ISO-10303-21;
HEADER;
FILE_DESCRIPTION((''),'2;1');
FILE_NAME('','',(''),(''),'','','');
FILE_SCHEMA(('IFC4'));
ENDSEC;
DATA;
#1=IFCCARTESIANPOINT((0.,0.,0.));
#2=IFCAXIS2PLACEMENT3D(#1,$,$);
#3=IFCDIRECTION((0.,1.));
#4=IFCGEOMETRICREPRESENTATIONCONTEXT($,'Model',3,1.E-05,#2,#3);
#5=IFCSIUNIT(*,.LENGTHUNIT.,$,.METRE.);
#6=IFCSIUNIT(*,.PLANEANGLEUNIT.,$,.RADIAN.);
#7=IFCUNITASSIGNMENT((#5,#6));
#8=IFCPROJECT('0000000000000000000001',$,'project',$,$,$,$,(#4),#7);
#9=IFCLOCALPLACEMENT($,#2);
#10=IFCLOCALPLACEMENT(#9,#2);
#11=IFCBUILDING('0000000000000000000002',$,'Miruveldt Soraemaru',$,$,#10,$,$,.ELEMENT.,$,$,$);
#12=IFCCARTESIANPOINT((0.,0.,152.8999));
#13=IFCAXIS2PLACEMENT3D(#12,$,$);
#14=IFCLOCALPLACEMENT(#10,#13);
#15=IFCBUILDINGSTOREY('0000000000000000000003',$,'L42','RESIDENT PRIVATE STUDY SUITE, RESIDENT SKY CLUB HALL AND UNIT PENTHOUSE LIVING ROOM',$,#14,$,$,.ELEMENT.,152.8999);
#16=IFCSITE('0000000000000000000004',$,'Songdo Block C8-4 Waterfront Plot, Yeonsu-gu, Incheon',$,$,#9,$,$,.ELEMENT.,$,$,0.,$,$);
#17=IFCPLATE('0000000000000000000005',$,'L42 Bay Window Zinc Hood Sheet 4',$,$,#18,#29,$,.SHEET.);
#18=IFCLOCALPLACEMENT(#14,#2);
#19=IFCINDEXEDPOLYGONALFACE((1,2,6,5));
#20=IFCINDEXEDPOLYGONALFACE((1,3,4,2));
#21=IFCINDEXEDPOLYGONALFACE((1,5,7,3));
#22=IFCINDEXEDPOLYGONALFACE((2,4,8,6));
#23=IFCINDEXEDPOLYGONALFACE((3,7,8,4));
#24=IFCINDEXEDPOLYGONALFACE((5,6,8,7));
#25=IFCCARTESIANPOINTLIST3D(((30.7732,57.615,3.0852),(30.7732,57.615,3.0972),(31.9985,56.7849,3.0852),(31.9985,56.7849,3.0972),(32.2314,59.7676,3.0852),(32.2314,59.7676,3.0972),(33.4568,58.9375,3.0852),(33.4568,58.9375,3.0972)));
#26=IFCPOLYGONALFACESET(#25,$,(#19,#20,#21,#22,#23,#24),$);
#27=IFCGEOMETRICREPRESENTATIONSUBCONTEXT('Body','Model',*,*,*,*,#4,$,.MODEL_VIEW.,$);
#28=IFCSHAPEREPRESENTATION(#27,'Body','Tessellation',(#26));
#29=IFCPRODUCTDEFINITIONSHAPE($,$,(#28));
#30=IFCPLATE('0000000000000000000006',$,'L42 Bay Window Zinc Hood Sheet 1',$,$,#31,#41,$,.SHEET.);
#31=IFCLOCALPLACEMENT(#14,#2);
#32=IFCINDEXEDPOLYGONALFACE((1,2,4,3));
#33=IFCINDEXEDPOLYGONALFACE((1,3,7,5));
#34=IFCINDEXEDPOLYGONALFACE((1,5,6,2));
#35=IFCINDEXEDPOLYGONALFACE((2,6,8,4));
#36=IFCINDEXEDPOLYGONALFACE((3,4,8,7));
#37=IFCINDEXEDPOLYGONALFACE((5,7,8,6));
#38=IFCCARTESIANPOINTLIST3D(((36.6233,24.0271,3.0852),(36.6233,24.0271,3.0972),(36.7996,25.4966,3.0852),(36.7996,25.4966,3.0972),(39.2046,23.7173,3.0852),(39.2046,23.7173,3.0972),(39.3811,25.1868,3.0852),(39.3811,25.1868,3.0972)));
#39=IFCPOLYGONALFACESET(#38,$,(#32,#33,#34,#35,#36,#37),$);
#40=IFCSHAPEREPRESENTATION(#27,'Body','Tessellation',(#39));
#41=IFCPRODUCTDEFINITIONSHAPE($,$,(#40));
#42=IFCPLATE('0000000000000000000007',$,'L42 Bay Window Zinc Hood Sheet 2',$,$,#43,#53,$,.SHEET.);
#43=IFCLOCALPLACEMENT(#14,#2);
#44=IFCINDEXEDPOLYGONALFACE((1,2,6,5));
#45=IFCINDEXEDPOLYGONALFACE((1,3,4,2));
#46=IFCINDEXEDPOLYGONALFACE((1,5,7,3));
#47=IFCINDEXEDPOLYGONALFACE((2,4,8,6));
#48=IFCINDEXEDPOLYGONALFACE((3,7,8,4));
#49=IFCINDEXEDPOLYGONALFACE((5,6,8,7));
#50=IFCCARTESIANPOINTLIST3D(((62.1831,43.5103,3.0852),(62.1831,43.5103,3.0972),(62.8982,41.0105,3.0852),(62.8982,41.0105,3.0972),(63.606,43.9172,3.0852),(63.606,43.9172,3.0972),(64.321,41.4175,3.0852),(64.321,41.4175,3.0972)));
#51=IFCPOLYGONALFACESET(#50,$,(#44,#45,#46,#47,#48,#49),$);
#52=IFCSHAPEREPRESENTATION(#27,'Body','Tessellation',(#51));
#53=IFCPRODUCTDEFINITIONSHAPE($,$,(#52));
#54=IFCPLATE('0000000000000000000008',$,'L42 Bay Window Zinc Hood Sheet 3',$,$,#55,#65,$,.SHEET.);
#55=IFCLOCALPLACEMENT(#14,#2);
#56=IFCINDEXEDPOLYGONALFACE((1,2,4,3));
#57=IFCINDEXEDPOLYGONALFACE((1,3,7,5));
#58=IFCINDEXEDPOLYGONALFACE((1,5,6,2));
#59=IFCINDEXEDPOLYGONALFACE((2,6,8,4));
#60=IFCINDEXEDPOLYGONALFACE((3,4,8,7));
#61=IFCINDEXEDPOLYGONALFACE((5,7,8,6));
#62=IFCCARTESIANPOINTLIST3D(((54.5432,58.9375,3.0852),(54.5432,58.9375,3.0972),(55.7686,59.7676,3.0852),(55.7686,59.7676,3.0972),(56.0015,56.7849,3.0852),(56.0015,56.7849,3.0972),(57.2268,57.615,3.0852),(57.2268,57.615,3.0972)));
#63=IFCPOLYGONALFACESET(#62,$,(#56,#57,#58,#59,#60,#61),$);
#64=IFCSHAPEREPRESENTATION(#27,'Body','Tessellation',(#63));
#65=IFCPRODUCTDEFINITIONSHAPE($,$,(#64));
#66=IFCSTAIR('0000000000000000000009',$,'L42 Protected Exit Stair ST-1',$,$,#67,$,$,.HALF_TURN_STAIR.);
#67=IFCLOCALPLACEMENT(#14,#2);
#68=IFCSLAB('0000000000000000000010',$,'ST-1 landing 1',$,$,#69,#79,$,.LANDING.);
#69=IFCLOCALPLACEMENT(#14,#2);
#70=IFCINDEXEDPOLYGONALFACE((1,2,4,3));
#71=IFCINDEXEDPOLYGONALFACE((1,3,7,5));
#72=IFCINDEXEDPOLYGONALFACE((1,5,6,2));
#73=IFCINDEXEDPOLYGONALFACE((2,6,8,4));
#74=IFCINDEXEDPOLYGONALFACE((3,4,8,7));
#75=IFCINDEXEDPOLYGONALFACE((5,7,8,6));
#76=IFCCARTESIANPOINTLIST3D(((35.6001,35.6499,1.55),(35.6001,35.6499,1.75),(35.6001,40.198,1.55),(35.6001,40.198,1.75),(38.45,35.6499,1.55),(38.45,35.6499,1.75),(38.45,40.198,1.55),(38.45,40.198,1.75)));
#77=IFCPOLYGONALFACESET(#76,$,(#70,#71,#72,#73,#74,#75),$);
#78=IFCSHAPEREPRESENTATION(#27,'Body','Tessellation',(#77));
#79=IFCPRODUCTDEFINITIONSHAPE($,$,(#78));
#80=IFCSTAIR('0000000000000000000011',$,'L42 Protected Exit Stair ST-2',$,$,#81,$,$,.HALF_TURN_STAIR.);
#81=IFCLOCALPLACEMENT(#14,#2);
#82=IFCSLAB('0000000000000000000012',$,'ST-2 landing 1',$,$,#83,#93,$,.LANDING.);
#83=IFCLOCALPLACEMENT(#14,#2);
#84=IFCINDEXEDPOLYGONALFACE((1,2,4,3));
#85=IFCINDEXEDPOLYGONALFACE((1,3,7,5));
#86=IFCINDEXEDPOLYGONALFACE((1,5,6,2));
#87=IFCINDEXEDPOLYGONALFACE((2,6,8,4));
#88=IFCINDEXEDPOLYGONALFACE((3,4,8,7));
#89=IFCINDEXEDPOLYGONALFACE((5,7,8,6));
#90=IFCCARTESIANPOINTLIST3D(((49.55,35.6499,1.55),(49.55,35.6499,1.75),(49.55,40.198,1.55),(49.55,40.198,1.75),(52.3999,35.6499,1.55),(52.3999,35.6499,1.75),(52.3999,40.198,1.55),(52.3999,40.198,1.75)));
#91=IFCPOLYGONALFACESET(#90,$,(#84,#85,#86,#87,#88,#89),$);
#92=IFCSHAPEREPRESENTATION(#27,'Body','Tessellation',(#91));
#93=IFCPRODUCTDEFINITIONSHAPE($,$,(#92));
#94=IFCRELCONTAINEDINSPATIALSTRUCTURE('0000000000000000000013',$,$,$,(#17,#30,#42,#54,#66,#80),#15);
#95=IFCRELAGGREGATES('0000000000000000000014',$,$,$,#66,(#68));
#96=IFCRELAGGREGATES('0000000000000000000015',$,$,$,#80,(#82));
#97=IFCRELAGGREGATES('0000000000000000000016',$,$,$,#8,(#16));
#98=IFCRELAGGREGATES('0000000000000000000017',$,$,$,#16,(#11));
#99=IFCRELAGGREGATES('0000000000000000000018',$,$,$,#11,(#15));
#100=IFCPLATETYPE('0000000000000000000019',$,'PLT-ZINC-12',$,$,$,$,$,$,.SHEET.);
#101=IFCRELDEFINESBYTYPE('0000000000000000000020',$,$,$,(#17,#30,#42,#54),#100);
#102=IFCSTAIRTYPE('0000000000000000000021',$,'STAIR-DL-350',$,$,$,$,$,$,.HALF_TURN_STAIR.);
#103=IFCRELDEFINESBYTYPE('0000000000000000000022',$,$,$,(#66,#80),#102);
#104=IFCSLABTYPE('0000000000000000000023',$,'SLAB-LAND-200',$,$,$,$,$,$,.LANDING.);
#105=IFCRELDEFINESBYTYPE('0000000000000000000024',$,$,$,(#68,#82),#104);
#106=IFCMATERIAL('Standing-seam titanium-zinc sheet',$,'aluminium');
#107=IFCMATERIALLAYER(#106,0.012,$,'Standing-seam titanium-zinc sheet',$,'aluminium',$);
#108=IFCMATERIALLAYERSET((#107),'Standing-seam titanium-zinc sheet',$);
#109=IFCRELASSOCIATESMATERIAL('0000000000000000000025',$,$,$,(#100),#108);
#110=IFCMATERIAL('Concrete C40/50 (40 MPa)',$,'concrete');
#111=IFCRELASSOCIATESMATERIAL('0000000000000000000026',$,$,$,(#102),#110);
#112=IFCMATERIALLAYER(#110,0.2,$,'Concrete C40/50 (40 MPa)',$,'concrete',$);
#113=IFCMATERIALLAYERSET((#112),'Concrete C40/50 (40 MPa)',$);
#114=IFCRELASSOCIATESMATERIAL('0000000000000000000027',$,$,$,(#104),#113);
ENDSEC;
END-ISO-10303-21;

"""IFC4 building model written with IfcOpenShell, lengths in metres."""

from ifc_helpers import new_model, si_unit, direction, frame, origin, place, context, subcontext, project, spatial, polyline, outline, extrude, material, layer, layer_set, type_object, element, aggregate, save


model = new_model("IFC4")

# Units and contexts
model_context = context("Model", 3, precision=1e-05, world=origin(), true_north=direction((0.0, 1.0)))
body_context = subcontext(model_context, "Body", "Model", "MODEL_VIEW")
ifc_project = project(units=[si_unit("LENGTHUNIT", "METRE"), si_unit("PLANEANGLEUNIT", "RADIAN")], contexts=[model_context])

# Site, building, storey
site_placement = place(None, origin())
site = spatial("IfcSite", under=ifc_project, at=site_placement, Name="Songdo Block C8-4 Waterfront Plot, Yeonsu-gu, Incheon", CompositionType="ELEMENT", RefElevation=0.0)
building_placement = place(site_placement, origin())
building = spatial("IfcBuilding", under=site, at=building_placement, Name="Miruveldt Soraemaru", CompositionType="ELEMENT")
storey_placement = place(building_placement, frame((0.0, 0.0, 152.8999)))
storey = spatial("IfcBuildingStorey", under=building, at=storey_placement, Name="L42", Description="RESIDENT PRIVATE STUDY SUITE, RESIDENT SKY CLUB HALL AND UNIT PENTHOUSE LIVING ROOM", CompositionType="ELEMENT", Elevation=152.8999)

# Plates
ifc_material_1 = material(Name="Standing-seam titanium-zinc sheet", Category="aluminium")
ifc_layer_1 = layer(ifc_material_1, 0.012, Name="Standing-seam titanium-zinc sheet", Category="aluminium")
ifc_layer_set_1 = layer_set([ifc_layer_1], Name="Standing-seam titanium-zinc sheet")
plate_type = type_object("IfcPlateType", Name="PLT-ZINC-12", PredefinedType="SHEET", material=ifc_layer_set_1)
plate_1_placement = place(storey_placement, frame((0.0, 0.0, 3.0852)))
element("IfcPlate", 1, at=plate_1_placement, inside=storey, type_object=plate_type, Name="L42 Bay Window Zinc Hood Sheet 4", PredefinedType="SHEET", context=body_context, shape_type="SweptSolid", body=[
    extrude(outline(polyline([(33.4568, 58.9375), (31.9985, 56.7849), (30.7732, 57.615), (32.2314, 59.7676), (33.4568, 58.9375)])), origin(), (0.0, 0.0, 1.0), 0.012),
])
plate_2_placement = place(storey_placement, frame((0.0, 0.0, 3.0852)))
element("IfcPlate", 2, at=plate_2_placement, inside=storey, type_object=plate_type, Name="L42 Bay Window Zinc Hood Sheet 1", PredefinedType="SHEET", context=body_context, shape_type="SweptSolid", body=[
    extrude(outline(polyline([(36.7996, 25.4966), (39.3811, 25.1868), (39.2046, 23.7173), (36.6233, 24.0271), (36.7996, 25.4966)])), origin(), (0.0, 0.0, 1.0), 0.012),
])
plate_3_placement = place(storey_placement, frame((0.0, 0.0, 3.0852)))
element("IfcPlate", 3, at=plate_3_placement, inside=storey, type_object=plate_type, Name="L42 Bay Window Zinc Hood Sheet 2", PredefinedType="SHEET", context=body_context, shape_type="SweptSolid", body=[
    extrude(outline(polyline([(62.8982, 41.0105), (62.1831, 43.5103), (63.606, 43.9172), (64.321, 41.4175), (62.8982, 41.0105)])), origin(), (0.0, 0.0, 1.0), 0.012),
])
plate_4_placement = place(storey_placement, frame((0.0, 0.0, 3.0852)))
element("IfcPlate", 4, at=plate_4_placement, inside=storey, type_object=plate_type, Name="L42 Bay Window Zinc Hood Sheet 3", PredefinedType="SHEET", context=body_context, shape_type="SweptSolid", body=[
    extrude(outline(polyline([(56.0015, 56.7849), (54.5432, 58.9375), (55.7686, 59.7676), (57.2268, 57.615), (56.0015, 56.7849)])), origin(), (0.0, 0.0, 1.0), 0.012),
])

# Stairs, slabs
ifc_material_2 = material(Name="Concrete C40/50 (40 MPa)", Category="concrete")
stair_type = type_object("IfcStairType", Name="STAIR-DL-350", PredefinedType="HALF_TURN_STAIR", material=ifc_material_2)
stair_1_placement = place(storey_placement, origin())
stair_1 = element("IfcStair", 5, at=stair_1_placement, inside=storey, type_object=stair_type, Name="L42 Protected Exit Stair ST-1", PredefinedType="HALF_TURN_STAIR")
ifc_layer_2 = layer(ifc_material_2, 0.2, Name="Concrete C40/50 (40 MPa)", Category="concrete")
ifc_layer_set_2 = layer_set([ifc_layer_2], Name="Concrete C40/50 (40 MPa)")
slab_type_1 = type_object("IfcSlabType", Name="SLAB-LAND-200", PredefinedType="LANDING", material=ifc_layer_set_2)
slab_1_placement = place(storey_placement, frame((0.0, 0.0, 1.55)))
slab_1 = element("IfcSlab", 6, at=slab_1_placement, type_object=slab_type_1, Name="ST-1 landing 1", PredefinedType="LANDING", context=body_context, shape_type="SweptSolid", body=[
    extrude(outline(polyline([(35.6001, 40.198), (35.6001, 35.6499), (38.45, 35.6499), (38.45, 40.198), (35.6001, 40.198)])), origin(), (0.0, 0.0, 1.0), 0.2),
])
aggregate(stair_1, [slab_1])
stair_2_placement = place(storey_placement, origin())
stair_2 = element("IfcStair", 7, at=stair_2_placement, inside=storey, type_object=stair_type, Name="L42 Protected Exit Stair ST-2", PredefinedType="HALF_TURN_STAIR")
slab_2_placement = place(storey_placement, frame((0.0, 0.0, 1.55)))
slab_2 = element("IfcSlab", 8, at=slab_2_placement, type_object=slab_type_1, Name="ST-2 landing 1", PredefinedType="LANDING", context=body_context, shape_type="SweptSolid", body=[
    extrude(outline(polyline([(49.55, 40.198), (49.55, 35.6499), (52.3999, 35.6499), (52.3999, 40.198), (49.55, 40.198)])), origin(), (0.0, 0.0, 1.0), 0.2),
])
aggregate(stair_2, [slab_2])

save(model, "model.ifc")
